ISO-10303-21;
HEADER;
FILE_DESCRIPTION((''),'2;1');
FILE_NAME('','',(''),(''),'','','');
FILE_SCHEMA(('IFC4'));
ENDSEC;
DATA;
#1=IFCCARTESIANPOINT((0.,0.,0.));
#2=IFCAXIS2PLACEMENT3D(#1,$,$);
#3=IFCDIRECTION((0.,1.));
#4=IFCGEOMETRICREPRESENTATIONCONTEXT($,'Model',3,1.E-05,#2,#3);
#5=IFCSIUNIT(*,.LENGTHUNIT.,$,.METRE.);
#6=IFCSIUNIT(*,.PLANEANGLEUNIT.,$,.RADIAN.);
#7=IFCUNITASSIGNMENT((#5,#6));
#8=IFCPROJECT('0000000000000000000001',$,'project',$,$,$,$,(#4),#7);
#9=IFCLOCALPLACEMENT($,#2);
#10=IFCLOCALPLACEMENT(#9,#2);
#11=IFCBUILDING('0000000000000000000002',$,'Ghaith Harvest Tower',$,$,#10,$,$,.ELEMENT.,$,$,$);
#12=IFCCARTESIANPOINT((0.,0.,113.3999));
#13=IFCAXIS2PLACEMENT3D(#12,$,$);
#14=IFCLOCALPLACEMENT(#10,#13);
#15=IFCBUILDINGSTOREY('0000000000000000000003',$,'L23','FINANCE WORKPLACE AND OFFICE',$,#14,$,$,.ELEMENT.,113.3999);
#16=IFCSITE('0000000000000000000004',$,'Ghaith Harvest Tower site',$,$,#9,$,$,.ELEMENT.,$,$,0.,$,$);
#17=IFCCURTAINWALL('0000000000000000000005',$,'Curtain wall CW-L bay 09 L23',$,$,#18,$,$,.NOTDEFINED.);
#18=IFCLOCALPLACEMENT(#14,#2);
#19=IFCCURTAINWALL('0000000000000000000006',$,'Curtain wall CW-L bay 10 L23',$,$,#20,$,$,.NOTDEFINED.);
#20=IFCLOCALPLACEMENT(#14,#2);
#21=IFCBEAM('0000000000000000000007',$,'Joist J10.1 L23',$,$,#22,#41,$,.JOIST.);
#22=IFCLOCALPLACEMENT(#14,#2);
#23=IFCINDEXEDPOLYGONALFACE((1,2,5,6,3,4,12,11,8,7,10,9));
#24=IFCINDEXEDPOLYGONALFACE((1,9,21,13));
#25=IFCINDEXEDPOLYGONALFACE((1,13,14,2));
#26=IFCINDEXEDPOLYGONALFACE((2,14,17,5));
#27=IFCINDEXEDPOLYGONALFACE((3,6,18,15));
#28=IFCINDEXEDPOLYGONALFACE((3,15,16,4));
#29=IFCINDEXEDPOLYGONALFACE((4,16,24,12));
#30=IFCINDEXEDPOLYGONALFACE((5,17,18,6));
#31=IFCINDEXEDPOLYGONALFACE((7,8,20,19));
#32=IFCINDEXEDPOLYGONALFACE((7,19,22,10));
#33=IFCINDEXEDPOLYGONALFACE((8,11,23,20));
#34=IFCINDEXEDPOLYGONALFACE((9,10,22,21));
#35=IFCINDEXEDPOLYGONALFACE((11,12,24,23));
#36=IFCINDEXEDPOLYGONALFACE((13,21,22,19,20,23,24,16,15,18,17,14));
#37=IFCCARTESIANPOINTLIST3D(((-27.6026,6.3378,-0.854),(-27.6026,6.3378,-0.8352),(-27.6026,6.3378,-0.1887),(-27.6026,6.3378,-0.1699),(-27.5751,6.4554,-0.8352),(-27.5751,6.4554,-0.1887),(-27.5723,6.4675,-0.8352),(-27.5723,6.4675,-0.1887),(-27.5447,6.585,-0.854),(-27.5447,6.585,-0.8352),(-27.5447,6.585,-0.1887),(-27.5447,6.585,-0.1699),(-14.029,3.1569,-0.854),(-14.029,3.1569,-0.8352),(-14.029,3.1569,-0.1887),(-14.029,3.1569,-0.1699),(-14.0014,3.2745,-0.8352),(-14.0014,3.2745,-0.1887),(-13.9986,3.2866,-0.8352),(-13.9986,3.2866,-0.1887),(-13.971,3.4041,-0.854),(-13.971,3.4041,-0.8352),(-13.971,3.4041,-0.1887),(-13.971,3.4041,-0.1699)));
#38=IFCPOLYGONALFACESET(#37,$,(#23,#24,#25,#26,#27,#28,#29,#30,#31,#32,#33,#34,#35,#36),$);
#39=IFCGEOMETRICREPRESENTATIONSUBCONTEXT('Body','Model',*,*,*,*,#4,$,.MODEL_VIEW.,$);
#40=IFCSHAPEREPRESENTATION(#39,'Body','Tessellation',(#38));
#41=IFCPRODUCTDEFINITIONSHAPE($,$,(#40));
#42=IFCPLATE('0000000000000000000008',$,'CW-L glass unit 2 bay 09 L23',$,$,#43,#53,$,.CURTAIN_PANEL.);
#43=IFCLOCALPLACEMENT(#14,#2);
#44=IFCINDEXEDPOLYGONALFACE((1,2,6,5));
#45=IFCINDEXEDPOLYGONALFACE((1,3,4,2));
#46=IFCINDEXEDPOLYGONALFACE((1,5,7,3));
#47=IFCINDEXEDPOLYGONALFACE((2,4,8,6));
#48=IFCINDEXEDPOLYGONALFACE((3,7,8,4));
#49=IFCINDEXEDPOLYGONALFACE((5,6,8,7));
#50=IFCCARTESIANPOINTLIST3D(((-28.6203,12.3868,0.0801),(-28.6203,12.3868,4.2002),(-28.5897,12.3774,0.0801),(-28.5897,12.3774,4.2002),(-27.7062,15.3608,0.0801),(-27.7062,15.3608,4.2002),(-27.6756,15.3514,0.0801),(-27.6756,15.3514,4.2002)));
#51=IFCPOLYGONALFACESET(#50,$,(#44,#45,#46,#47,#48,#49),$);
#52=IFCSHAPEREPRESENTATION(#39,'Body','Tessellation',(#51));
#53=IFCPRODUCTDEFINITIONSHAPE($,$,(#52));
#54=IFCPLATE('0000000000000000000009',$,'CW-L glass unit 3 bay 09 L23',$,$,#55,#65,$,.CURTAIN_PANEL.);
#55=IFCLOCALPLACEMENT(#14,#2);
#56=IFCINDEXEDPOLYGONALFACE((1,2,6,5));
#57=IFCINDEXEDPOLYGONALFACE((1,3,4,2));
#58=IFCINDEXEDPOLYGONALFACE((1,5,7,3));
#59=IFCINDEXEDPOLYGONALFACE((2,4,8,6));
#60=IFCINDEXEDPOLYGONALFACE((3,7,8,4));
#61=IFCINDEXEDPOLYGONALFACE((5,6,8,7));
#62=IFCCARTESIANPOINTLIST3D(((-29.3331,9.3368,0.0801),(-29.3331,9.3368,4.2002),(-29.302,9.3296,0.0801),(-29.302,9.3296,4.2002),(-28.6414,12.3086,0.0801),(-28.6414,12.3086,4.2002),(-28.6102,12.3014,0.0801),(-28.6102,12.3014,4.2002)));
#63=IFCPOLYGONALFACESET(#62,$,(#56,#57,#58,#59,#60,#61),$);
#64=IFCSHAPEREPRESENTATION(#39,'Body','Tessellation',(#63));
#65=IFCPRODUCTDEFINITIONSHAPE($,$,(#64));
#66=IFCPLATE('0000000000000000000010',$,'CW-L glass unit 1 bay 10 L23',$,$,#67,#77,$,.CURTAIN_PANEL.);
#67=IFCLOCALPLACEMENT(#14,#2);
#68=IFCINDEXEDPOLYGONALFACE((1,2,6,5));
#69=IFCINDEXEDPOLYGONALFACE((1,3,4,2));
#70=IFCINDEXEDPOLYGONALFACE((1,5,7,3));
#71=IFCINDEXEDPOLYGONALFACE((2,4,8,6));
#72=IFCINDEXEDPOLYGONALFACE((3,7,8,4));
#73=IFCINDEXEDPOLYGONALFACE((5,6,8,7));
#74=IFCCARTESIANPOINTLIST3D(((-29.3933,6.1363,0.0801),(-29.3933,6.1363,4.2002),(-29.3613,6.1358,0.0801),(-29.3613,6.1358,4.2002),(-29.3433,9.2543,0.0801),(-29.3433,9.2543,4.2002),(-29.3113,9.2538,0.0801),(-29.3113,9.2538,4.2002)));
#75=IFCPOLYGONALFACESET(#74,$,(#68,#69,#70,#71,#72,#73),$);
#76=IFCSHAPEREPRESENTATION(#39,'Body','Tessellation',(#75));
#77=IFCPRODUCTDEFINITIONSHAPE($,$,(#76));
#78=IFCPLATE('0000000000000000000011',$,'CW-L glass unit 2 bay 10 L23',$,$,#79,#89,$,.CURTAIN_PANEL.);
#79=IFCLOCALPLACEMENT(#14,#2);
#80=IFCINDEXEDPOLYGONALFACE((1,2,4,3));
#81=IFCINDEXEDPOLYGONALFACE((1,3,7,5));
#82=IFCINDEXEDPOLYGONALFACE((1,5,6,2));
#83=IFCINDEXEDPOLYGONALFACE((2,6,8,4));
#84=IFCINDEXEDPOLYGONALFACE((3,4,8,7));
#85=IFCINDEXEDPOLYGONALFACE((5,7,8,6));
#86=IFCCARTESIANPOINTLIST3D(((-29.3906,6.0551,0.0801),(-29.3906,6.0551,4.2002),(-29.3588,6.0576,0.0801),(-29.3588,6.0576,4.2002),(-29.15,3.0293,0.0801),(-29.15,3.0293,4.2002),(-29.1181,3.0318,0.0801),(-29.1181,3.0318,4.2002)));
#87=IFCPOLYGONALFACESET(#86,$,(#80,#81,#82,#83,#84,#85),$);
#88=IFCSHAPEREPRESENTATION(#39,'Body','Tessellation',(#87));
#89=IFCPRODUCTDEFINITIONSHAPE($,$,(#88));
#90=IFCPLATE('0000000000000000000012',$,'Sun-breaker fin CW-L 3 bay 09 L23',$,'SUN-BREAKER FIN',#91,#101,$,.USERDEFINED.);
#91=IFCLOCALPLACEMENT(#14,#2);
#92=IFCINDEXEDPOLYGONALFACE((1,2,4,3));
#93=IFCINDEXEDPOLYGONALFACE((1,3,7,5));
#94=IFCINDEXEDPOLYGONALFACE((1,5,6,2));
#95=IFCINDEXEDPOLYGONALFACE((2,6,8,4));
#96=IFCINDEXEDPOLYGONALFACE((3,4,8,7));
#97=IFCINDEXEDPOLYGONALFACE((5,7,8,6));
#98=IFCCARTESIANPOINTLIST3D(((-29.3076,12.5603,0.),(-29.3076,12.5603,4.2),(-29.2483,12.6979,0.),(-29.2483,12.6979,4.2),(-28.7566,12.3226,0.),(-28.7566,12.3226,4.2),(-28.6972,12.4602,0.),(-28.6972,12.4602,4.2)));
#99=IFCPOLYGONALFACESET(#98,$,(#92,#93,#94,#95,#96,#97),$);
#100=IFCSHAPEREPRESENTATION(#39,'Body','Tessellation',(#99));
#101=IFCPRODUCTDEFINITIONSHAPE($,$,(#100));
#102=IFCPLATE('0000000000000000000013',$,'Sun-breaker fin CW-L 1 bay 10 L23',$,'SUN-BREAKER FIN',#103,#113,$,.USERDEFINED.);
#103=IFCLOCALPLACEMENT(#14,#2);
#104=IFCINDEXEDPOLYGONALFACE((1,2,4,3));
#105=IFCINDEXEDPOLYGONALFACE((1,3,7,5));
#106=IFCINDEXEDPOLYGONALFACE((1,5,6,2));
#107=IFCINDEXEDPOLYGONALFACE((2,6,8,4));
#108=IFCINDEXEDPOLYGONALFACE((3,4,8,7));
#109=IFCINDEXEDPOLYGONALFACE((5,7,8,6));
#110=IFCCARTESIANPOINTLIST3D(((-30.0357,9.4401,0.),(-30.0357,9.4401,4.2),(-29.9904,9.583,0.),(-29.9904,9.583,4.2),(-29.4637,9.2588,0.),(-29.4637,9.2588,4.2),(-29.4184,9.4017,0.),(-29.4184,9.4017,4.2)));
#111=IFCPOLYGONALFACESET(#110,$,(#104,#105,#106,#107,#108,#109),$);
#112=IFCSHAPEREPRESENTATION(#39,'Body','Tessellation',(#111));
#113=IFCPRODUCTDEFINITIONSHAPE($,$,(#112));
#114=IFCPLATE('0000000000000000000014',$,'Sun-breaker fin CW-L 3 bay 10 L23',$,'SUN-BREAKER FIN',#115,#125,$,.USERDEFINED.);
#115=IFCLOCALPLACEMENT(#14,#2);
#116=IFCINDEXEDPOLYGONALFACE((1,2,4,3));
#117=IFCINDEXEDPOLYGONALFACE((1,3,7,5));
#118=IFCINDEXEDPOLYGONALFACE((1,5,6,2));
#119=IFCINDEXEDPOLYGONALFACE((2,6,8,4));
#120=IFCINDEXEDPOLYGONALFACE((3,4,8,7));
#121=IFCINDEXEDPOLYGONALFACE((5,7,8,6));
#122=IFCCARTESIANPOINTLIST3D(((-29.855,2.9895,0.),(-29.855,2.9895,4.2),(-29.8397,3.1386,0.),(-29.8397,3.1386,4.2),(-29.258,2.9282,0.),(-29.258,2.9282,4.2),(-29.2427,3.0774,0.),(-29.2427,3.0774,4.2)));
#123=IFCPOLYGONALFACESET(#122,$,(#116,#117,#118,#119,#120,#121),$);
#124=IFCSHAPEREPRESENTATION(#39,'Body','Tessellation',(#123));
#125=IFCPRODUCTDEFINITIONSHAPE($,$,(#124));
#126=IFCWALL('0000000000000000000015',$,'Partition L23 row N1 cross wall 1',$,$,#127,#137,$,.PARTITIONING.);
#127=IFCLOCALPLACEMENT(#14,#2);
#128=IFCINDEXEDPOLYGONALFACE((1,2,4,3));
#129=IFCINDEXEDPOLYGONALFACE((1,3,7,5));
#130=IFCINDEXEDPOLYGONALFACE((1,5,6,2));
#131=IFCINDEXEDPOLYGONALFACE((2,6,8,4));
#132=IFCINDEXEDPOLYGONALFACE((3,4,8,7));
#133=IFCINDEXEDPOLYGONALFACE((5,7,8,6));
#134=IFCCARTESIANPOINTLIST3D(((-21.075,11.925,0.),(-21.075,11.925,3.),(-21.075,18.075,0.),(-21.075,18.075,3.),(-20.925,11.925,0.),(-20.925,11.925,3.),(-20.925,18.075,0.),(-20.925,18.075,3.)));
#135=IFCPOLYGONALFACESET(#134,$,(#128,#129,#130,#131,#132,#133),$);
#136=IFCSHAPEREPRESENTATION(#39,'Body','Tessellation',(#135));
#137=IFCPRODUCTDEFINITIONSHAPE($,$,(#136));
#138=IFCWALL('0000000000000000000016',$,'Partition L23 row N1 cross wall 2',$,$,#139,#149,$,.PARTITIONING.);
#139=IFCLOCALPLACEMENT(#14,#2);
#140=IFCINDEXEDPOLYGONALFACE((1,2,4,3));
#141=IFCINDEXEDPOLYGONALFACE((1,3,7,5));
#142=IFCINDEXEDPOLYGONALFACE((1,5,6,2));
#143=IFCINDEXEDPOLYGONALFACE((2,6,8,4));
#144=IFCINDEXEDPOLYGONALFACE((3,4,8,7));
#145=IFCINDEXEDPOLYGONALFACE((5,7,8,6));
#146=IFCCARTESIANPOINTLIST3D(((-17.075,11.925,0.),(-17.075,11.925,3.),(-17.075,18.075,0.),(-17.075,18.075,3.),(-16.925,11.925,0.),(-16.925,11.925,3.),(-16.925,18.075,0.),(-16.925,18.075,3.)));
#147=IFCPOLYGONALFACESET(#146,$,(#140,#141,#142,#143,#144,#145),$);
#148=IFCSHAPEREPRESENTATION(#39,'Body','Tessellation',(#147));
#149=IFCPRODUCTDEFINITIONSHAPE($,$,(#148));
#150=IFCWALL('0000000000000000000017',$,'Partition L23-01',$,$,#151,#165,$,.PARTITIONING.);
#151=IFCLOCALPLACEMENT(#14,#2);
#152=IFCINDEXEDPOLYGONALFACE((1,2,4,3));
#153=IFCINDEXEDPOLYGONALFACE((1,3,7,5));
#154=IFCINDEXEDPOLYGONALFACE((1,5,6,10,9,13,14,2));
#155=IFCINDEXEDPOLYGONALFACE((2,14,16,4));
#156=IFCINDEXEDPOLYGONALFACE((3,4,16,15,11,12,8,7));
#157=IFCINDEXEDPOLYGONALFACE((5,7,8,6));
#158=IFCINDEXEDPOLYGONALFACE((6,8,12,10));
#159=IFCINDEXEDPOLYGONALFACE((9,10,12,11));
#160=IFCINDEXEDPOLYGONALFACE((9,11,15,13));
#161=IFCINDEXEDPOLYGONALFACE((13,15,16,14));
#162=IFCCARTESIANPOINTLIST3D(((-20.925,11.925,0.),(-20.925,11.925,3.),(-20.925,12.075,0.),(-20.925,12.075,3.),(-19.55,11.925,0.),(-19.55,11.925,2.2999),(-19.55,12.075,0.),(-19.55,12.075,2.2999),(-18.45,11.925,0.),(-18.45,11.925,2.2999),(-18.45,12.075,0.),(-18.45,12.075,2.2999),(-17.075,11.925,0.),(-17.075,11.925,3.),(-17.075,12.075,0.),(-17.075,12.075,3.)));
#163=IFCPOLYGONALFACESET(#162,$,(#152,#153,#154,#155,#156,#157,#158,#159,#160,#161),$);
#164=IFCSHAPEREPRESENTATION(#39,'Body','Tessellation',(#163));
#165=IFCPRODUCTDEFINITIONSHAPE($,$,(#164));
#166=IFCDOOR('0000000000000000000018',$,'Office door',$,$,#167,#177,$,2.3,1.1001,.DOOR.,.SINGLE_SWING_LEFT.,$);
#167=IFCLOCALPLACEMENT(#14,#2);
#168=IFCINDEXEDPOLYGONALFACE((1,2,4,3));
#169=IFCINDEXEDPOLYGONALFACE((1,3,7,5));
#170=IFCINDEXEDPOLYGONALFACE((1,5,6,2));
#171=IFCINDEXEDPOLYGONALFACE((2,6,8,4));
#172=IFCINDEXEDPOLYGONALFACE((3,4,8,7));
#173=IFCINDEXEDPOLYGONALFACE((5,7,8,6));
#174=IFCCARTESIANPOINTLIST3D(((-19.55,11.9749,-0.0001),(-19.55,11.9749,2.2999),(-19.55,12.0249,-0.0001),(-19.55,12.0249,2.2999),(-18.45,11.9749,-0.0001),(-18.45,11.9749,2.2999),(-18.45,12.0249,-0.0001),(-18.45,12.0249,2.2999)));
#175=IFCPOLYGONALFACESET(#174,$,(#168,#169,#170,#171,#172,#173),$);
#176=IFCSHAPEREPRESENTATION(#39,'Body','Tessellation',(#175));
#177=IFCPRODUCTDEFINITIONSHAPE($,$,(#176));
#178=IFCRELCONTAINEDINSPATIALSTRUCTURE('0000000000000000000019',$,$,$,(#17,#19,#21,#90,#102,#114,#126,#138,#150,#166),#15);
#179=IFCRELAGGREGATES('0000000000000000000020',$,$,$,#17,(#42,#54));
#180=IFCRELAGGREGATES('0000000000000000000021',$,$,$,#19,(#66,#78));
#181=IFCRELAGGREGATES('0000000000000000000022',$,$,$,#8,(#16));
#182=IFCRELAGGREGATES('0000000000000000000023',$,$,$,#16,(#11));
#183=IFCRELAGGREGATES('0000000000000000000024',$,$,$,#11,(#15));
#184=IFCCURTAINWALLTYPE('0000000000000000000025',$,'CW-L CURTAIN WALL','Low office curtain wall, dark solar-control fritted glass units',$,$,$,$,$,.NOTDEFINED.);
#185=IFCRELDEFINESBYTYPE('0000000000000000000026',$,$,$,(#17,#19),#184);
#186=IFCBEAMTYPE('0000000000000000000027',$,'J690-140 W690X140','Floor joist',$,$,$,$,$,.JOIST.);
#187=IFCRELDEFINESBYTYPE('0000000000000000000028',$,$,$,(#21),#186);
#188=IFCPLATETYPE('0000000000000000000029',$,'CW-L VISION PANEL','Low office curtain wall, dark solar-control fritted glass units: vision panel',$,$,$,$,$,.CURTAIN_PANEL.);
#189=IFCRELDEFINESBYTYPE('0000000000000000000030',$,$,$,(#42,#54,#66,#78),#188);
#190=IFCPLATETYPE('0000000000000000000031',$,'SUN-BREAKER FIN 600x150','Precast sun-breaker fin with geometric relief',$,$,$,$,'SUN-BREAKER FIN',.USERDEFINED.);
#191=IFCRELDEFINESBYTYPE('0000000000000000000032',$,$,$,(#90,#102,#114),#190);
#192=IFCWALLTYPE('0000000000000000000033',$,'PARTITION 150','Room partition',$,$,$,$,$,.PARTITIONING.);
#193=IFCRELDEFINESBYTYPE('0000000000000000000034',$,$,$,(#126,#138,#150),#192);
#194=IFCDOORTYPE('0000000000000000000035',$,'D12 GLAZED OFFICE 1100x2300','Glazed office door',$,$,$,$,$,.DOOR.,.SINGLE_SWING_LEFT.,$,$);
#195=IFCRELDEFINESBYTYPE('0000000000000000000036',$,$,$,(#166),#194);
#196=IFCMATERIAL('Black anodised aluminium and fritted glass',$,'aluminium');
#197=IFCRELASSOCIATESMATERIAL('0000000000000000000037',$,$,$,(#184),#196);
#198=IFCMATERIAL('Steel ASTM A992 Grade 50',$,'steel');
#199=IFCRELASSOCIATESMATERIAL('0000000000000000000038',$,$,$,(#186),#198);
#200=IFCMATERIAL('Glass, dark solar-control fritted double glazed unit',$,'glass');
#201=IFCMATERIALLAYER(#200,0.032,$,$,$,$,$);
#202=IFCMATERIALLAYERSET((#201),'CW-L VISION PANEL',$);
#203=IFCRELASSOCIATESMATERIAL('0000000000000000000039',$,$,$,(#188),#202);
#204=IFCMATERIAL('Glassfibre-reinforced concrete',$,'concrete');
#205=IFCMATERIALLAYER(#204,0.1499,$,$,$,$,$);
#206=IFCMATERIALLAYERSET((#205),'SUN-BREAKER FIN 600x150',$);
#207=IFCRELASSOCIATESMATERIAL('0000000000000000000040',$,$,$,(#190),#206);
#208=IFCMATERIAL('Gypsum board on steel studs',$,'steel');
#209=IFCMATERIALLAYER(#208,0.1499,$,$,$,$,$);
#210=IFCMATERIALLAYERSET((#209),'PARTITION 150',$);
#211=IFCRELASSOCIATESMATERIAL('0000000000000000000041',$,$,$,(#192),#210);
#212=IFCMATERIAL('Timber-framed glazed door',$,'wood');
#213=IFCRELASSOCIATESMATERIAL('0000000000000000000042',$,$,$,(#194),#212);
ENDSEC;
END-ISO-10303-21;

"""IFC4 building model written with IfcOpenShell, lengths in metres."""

from ifc_helpers import new_model, si_unit, direction, frame, frame_2d, origin, origin_2d, place, context, subcontext, project, spatial, rectangle, i_section, extrude, material, layer, layer_set, material_profile, profile_set, type_object, element, fill, aggregate, save


model = new_model("IFC4")

# Units and contexts
model_context = context("Model", 3, precision=1e-05, world=origin(), true_north=direction((0.0, 1.0)))
body_context = subcontext(model_context, "Body", "Model", "MODEL_VIEW")
ifc_project = project(units=[si_unit("LENGTHUNIT", "METRE"), si_unit("PLANEANGLEUNIT", "RADIAN")], contexts=[model_context])

# Site, building, storey
site_placement = place(None, origin())
site = spatial("IfcSite", under=ifc_project, at=site_placement, Name="Ghaith Harvest Tower site", CompositionType="ELEMENT", RefElevation=0.0)
building_placement = place(site_placement, origin())
building = spatial("IfcBuilding", under=site, at=building_placement, Name="Ghaith Harvest Tower", CompositionType="ELEMENT")
storey_placement = place(building_placement, frame((0.0, 0.0, 113.3999)))
storey = spatial("IfcBuildingStorey", under=building, at=storey_placement, Name="L23", Description="FINANCE WORKPLACE AND OFFICE", CompositionType="ELEMENT", Elevation=113.3999)

# Curtain wall
ifc_material_1 = material(Name="Black anodised aluminium and fritted glass", Category="aluminium")
curtain_wall_type = type_object("IfcCurtainWallType", Name="CW-L CURTAIN WALL", Description="Low office curtain wall, dark solar-control fritted glass units", PredefinedType="NOTDEFINED", material=ifc_material_1)
curtain_wall_1_placement = place(storey_placement, origin())
curtain_wall_1 = element("IfcCurtainWall", 1, at=curtain_wall_1_placement, inside=storey, type_object=curtain_wall_type, Name="Curtain wall CW-L bay 09 L23", PredefinedType="NOTDEFINED")

# Curtain wall
curtain_wall_2_placement = place(storey_placement, origin())
curtain_wall_2 = element("IfcCurtainWall", 2, at=curtain_wall_2_placement, inside=storey, type_object=curtain_wall_type, Name="Curtain wall CW-L bay 10 L23", PredefinedType="NOTDEFINED")

# Beam
ifc_material_2 = material(Name="Steel ASTM A992 Grade 50", Category="steel")
ifc_material_profile_1 = material_profile(ifc_material_2, i_section(OverallWidth=0.2539, OverallDepth=0.6841, WebThickness=0.0125, FlangeThickness=0.0188, at=origin_2d()), Name="W690X140")
ifc_profile_set_1 = profile_set([ifc_material_profile_1], Name="Steel ASTM A992 Grade 50")
beam_type_1 = type_object("IfcBeamType", Name="J690-140 W690X140", Description="Floor joist", PredefinedType="JOIST", material=ifc_profile_set_1)
beam_1_placement = place(storey_placement, frame((-14.0, 3.2805, -0.512), z_axis=(-0.973623, 0.228162, 0.0), x_axis=(-0.228162, -0.973623, 0.0)))
element("IfcBeam", 3, at=beam_1_placement, inside=storey, type_object=beam_type_1, Name="Joist J10.1 L23", PredefinedType="JOIST", context=body_context, shape_type="SweptSolid", body=[
    extrude(i_section(OverallWidth=0.2539, OverallDepth=0.6841, WebThickness=0.0125, FlangeThickness=0.0188, at=origin_2d()), origin(), (0.0, 0.0, 1.0), 13.9414),
])

# Plates
ifc_material_3 = material(Name="Glass, dark solar-control fritted double glazed unit", Category="glass")
ifc_layer_1 = layer(ifc_material_3, 0.032)
ifc_layer_set_1 = layer_set([ifc_layer_1], Name="CW-L VISION PANEL")
plate_type_1 = type_object("IfcPlateType", Name="CW-L VISION PANEL", Description="Low office curtain wall, dark solar-control fritted glass units: vision panel", PredefinedType="CURTAIN_PANEL", material=ifc_layer_set_1)
plate_1_placement = place(storey_placement, frame((-28.1479, 13.8691, 0.0801), z_axis=(0.0, 0.0, 1.0), x_axis=(-0.293803, -0.955866, 0.0)))
plate_1 = element("IfcPlate", 4, at=plate_1_placement, type_object=plate_type_1, Name="CW-L glass unit 2 bay 09 L23", PredefinedType="CURTAIN_PANEL", context=body_context, shape_type="SweptSolid", body=[
    extrude(rectangle(XDim=3.1113, YDim=0.032, at=origin_2d()), origin(), (0.0, 0.0, 1.0), 4.1201),
])
plate_2_placement = place(storey_placement, frame((-28.9717, 10.8191, 0.0801), z_axis=(0.0, 0.0, 1.0), x_axis=(-0.226699, -0.973965, 0.0)))
plate_2 = element("IfcPlate", 5, at=plate_2_placement, type_object=plate_type_1, Name="CW-L glass unit 3 bay 09 L23", PredefinedType="CURTAIN_PANEL", context=body_context, shape_type="SweptSolid", body=[
    extrude(rectangle(XDim=3.0513, YDim=0.032, at=origin_2d()), origin(), (0.0, 0.0, 1.0), 4.1201),
])
aggregate(curtain_wall_1, [plate_1, plate_2])
plate_3_placement = place(storey_placement, frame((-29.3523, 7.6951, 0.0801), z_axis=(0.0, 0.0, 1.0), x_axis=(-0.016034, -0.999871, 0.0)))
plate_3 = element("IfcPlate", 6, at=plate_3_placement, type_object=plate_type_1, Name="CW-L glass unit 1 bay 10 L23", PredefinedType="CURTAIN_PANEL", context=body_context, shape_type="SweptSolid", body=[
    extrude(rectangle(XDim=3.1184, YDim=0.032, at=origin_2d()), origin(), (0.0, 0.0, 1.0), 4.1201),
])
plate_4_placement = place(storey_placement, frame((-29.2544, 4.5435, 0.0801), z_axis=(0.0, 0.0, 1.0), x_axis=(0.079273, -0.996853, 0.0)))
plate_4 = element("IfcPlate", 7, at=plate_4_placement, type_object=plate_type_1, Name="CW-L glass unit 2 bay 10 L23", PredefinedType="CURTAIN_PANEL", context=body_context, shape_type="SweptSolid", body=[
    extrude(rectangle(XDim=3.0354, YDim=0.032, at=origin_2d()), origin(), (0.0, 0.0, 1.0), 4.1201),
])
aggregate(curtain_wall_2, [plate_3, plate_4])

# Plates
ifc_material_4 = material(Name="Glassfibre-reinforced concrete", Category="concrete")
ifc_layer_2 = layer(ifc_material_4, 0.1499)
ifc_layer_set_2 = layer_set([ifc_layer_2], Name="SUN-BREAKER FIN 600x150")
plate_type_2 = type_object("IfcPlateType", Name="SUN-BREAKER FIN 600x150", Description="Precast sun-breaker fin with geometric relief", ElementType="SUN-BREAKER FIN", PredefinedType="USERDEFINED", material=ifc_layer_set_2)
for number, where, z_axis, x_axis, name in (
    (8, (-29.0024, 12.5103, 0.0), (0.0, 0.0, 1.0), (-0.918218, 0.396075, 0.0), "Sun-breaker fin CW-L 3 bay 09 L23"),
    (9, (-29.7271, 9.4209, 0.0), (0.0, 0.0, 1.0), (-0.953273, 0.30211, 0.0), "Sun-breaker fin CW-L 1 bay 10 L23"),
    (10, (-29.5488, 3.0334, 0.0), (0.0, 0.0, 1.0), (-0.994772, 0.102123, 0.0), "Sun-breaker fin CW-L 3 bay 10 L23"),
):
    element("IfcPlate", number, at=place(storey_placement, frame(where, z_axis=z_axis, x_axis=x_axis)), inside=storey, type_object=plate_type_2, Name=name, ObjectType="SUN-BREAKER FIN", PredefinedType="USERDEFINED", context=body_context, shape_type="SweptSolid", body=[
        extrude(rectangle(XDim=0.6001, YDim=0.1499, at=origin_2d()), origin(), (0.0, 0.0, 1.0), 4.2),
    ])

# Walls
ifc_material_5 = material(Name="Gypsum board on steel studs", Category="steel")
ifc_layer_3 = layer(ifc_material_5, 0.1499)
ifc_layer_set_3 = layer_set([ifc_layer_3], Name="PARTITION 150")
wall_type = type_object("IfcWallType", Name="PARTITION 150", Description="Room partition", PredefinedType="PARTITIONING", material=ifc_layer_set_3)
for number, where, z_axis, x_axis, name in (
    (11, (-21.0, 11.925, 0.0), (0.0, 0.0, 1.0), (0.0, 1.0, 0.0), "Partition L23 row N1 cross wall 1"),
    (12, (-17.0, 11.925, 0.0), (0.0, 0.0, 1.0), (0.0, 1.0, 0.0), "Partition L23 row N1 cross wall 2"),
):
    element("IfcWall", number, at=place(storey_placement, frame(where, z_axis=z_axis, x_axis=x_axis)), inside=storey, type_object=wall_type, Name=name, PredefinedType="PARTITIONING", context=body_context, shape_type="SweptSolid", body=[
        extrude(rectangle(XDim=6.1499, YDim=0.1499, at=frame_2d((3.075, 0.0))), origin(), (0.0, 0.0, 1.0), 3.0),
    ])

# Wall, opening, door
wall_1_placement = place(storey_placement, frame((-20.925, 12.0, 0.0), z_axis=(0.0, 0.0, 1.0), x_axis=(1.0, 0.0, 0.0)))
wall_1 = element("IfcWall", 13, at=wall_1_placement, inside=storey, type_object=wall_type, Name="Partition L23-01", PredefinedType="PARTITIONING", context=body_context, shape_type="SweptSolid", body=[
    extrude(rectangle(XDim=3.8501, YDim=0.1499, at=frame_2d((1.925, 0.0))), origin(), (0.0, 0.0, 1.0), 3.0),
])
opening_1_placement = place(wall_1_placement, frame((1.375, 0.0, 0.0)))
opening_1 = element("IfcOpeningElement", 14, at=opening_1_placement, cuts=wall_1, PredefinedType="OPENING", context=body_context, shape_type="SweptSolid", body=[
    extrude(rectangle(XDim=1.1001, YDim=2.3, at=frame_2d((0.55, 1.1499))), frame((0.0, 0.085, 0.0), z_axis=(0.0, -1.0, 0.0), x_axis=(1.0, 0.0, 0.0)), (0.0, 0.0, 1.0), 0.1699),
])
ifc_material_6 = material(Name="Timber-framed glazed door", Category="wood")
door_type = type_object("IfcDoorType", Name="D12 GLAZED OFFICE 1100x2300", Description="Glazed office door", OperationType="SINGLE_SWING_LEFT", PredefinedType="DOOR", material=ifc_material_6)
door_1_placement = place(opening_1_placement, origin())
door_1 = element("IfcDoor", 15, at=door_1_placement, inside=storey, type_object=door_type, Name="Office door", OperationType="SINGLE_SWING_LEFT", OverallHeight=2.3, OverallWidth=1.1001, PredefinedType="DOOR", context=body_context, shape_type="SweptSolid", body=[
    extrude(rectangle(XDim=1.1001, YDim=2.3, at=frame_2d((0.55, 1.1499))), frame((0.0, 0.0249, 0.0), z_axis=(0.0, -1.0, 0.0), x_axis=(1.0, 0.0, 0.0)), (0.0, 0.0, 1.0), 0.05),
])
fill(opening_1, door_1)

save(model, "model.ifc")
